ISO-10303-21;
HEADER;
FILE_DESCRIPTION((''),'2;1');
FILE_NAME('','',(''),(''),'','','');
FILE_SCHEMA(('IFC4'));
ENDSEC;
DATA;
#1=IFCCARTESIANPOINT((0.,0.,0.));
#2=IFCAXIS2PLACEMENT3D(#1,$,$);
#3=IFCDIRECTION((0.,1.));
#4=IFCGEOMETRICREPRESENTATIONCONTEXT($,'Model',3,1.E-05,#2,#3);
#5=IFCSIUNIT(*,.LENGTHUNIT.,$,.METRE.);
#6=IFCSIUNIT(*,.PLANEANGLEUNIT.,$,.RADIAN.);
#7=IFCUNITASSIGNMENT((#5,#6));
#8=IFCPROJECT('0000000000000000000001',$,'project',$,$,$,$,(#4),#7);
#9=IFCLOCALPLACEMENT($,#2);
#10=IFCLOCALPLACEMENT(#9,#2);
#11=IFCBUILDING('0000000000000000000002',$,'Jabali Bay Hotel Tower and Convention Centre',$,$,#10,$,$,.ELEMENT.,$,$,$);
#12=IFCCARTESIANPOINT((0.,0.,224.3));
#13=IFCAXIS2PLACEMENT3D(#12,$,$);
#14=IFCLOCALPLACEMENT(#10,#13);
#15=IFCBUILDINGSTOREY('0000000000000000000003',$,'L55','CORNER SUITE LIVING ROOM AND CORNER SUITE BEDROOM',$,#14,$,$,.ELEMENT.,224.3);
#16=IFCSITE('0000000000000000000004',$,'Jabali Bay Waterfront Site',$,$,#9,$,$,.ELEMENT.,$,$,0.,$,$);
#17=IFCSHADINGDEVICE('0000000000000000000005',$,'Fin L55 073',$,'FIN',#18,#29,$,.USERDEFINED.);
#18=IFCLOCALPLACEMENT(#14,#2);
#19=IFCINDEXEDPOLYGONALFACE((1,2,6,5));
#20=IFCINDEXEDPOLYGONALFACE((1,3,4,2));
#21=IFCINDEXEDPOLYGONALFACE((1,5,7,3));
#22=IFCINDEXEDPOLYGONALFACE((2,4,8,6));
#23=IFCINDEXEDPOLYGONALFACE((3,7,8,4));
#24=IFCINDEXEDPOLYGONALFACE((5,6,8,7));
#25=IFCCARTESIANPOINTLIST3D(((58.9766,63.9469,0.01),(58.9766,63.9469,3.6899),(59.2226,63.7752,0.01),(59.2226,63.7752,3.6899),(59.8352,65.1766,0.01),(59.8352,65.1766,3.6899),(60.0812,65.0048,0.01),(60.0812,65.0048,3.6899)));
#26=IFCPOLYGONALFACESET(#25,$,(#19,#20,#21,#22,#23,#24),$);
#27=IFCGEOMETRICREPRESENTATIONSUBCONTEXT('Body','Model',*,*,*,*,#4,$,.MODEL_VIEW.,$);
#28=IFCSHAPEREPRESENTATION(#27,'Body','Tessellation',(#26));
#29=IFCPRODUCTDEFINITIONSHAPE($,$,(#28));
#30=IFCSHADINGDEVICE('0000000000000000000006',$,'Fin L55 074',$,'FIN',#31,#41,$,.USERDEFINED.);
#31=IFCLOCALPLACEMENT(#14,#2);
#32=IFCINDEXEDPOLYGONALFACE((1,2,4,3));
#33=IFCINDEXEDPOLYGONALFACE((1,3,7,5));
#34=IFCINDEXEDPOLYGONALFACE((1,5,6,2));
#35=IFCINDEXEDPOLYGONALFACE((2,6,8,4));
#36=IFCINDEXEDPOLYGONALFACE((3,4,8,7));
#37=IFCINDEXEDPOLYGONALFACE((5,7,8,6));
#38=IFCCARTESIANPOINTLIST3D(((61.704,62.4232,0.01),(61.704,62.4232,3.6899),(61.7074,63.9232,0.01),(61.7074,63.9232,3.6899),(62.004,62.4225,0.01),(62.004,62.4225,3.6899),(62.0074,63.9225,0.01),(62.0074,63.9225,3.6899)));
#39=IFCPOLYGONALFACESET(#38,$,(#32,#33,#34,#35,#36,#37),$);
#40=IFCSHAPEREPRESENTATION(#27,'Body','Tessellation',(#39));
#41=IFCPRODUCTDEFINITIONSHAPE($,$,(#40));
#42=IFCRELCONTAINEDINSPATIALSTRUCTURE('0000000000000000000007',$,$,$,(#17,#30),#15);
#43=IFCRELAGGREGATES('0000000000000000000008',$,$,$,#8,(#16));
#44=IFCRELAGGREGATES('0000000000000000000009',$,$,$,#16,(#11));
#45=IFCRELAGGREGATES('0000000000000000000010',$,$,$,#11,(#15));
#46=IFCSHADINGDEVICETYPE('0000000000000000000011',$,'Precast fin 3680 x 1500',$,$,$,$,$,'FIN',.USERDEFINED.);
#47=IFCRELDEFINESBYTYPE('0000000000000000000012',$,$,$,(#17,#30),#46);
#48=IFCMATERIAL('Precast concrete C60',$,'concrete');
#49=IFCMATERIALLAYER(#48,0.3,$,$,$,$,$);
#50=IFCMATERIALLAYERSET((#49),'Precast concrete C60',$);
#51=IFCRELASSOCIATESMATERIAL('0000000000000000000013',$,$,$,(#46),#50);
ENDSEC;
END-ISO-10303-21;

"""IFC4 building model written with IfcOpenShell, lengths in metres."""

from ifc_helpers import new_model, si_unit, direction, frame, frame_2d, origin, place, context, subcontext, project, spatial, rectangle, extrude, material, layer, layer_set, type_object, element, save


model = new_model("IFC4")

# Units and contexts
model_context = context("Model", 3, precision=1e-05, world=origin(), true_north=direction((0.0, 1.0)))
body_context = subcontext(model_context, "Body", "Model", "MODEL_VIEW")
ifc_project = project(units=[si_unit("LENGTHUNIT", "METRE"), si_unit("PLANEANGLEUNIT", "RADIAN")], contexts=[model_context])

# Site, building, storey
site_placement = place(None, origin())
site = spatial("IfcSite", under=ifc_project, at=site_placement, Name="Jabali Bay Waterfront Site", CompositionType="ELEMENT", RefElevation=0.0)
building_placement = place(site_placement, origin())
building = spatial("IfcBuilding", under=site, at=building_placement, Name="Jabali Bay Hotel Tower and Convention Centre", CompositionType="ELEMENT")
storey_placement = place(building_placement, frame((0.0, 0.0, 224.3)))
storey = spatial("IfcBuildingStorey", under=building, at=storey_placement, Name="L55", Description="CORNER SUITE LIVING ROOM AND CORNER SUITE BEDROOM", CompositionType="ELEMENT", Elevation=224.3)

# Shading devices
ifc_material_1 = material(Name="Precast concrete C60", Category="concrete")
ifc_layer_1 = layer(ifc_material_1, 0.3)
ifc_layer_set_1 = layer_set([ifc_layer_1], Name="Precast concrete C60")
shading_device_type = type_object("IfcShadingDeviceType", Name="Precast fin 3680 x 1500", ElementType="FIN", PredefinedType="USERDEFINED", material=ifc_layer_set_1)
shading_device_1_placement = place(storey_placement, frame((59.9583, 65.0908, 0.01), z_axis=(0.0, 0.0, 1.0), x_axis=(-0.57249, -0.819912, 0.0)))
element("IfcShadingDevice", 1, at=shading_device_1_placement, inside=storey, type_object=shading_device_type, Name="Fin L55 073", ObjectType="FIN", PredefinedType="USERDEFINED", context=body_context, shape_type="SweptSolid", body=[
    extrude(rectangle(XDim=1.4998, YDim=0.3, at=frame_2d((0.75, 0.0))), origin(), (0.0, 0.0, 1.0), 3.6799),
])
shading_device_2_placement = place(storey_placement, frame((61.8574, 63.9229, 0.01), z_axis=(0.0, 0.0, 1.0), x_axis=(-0.002279, -0.999997, 0.0)))
element("IfcShadingDevice", 2, at=shading_device_2_placement, inside=storey, type_object=shading_device_type, Name="Fin L55 074", ObjectType="FIN", PredefinedType="USERDEFINED", context=body_context, shape_type="SweptSolid", body=[
    extrude(rectangle(XDim=1.5, YDim=0.3, at=frame_2d((0.75, 0.0))), origin(), (0.0, 0.0, 1.0), 3.6799),
])

save(model, "model.ifc")
